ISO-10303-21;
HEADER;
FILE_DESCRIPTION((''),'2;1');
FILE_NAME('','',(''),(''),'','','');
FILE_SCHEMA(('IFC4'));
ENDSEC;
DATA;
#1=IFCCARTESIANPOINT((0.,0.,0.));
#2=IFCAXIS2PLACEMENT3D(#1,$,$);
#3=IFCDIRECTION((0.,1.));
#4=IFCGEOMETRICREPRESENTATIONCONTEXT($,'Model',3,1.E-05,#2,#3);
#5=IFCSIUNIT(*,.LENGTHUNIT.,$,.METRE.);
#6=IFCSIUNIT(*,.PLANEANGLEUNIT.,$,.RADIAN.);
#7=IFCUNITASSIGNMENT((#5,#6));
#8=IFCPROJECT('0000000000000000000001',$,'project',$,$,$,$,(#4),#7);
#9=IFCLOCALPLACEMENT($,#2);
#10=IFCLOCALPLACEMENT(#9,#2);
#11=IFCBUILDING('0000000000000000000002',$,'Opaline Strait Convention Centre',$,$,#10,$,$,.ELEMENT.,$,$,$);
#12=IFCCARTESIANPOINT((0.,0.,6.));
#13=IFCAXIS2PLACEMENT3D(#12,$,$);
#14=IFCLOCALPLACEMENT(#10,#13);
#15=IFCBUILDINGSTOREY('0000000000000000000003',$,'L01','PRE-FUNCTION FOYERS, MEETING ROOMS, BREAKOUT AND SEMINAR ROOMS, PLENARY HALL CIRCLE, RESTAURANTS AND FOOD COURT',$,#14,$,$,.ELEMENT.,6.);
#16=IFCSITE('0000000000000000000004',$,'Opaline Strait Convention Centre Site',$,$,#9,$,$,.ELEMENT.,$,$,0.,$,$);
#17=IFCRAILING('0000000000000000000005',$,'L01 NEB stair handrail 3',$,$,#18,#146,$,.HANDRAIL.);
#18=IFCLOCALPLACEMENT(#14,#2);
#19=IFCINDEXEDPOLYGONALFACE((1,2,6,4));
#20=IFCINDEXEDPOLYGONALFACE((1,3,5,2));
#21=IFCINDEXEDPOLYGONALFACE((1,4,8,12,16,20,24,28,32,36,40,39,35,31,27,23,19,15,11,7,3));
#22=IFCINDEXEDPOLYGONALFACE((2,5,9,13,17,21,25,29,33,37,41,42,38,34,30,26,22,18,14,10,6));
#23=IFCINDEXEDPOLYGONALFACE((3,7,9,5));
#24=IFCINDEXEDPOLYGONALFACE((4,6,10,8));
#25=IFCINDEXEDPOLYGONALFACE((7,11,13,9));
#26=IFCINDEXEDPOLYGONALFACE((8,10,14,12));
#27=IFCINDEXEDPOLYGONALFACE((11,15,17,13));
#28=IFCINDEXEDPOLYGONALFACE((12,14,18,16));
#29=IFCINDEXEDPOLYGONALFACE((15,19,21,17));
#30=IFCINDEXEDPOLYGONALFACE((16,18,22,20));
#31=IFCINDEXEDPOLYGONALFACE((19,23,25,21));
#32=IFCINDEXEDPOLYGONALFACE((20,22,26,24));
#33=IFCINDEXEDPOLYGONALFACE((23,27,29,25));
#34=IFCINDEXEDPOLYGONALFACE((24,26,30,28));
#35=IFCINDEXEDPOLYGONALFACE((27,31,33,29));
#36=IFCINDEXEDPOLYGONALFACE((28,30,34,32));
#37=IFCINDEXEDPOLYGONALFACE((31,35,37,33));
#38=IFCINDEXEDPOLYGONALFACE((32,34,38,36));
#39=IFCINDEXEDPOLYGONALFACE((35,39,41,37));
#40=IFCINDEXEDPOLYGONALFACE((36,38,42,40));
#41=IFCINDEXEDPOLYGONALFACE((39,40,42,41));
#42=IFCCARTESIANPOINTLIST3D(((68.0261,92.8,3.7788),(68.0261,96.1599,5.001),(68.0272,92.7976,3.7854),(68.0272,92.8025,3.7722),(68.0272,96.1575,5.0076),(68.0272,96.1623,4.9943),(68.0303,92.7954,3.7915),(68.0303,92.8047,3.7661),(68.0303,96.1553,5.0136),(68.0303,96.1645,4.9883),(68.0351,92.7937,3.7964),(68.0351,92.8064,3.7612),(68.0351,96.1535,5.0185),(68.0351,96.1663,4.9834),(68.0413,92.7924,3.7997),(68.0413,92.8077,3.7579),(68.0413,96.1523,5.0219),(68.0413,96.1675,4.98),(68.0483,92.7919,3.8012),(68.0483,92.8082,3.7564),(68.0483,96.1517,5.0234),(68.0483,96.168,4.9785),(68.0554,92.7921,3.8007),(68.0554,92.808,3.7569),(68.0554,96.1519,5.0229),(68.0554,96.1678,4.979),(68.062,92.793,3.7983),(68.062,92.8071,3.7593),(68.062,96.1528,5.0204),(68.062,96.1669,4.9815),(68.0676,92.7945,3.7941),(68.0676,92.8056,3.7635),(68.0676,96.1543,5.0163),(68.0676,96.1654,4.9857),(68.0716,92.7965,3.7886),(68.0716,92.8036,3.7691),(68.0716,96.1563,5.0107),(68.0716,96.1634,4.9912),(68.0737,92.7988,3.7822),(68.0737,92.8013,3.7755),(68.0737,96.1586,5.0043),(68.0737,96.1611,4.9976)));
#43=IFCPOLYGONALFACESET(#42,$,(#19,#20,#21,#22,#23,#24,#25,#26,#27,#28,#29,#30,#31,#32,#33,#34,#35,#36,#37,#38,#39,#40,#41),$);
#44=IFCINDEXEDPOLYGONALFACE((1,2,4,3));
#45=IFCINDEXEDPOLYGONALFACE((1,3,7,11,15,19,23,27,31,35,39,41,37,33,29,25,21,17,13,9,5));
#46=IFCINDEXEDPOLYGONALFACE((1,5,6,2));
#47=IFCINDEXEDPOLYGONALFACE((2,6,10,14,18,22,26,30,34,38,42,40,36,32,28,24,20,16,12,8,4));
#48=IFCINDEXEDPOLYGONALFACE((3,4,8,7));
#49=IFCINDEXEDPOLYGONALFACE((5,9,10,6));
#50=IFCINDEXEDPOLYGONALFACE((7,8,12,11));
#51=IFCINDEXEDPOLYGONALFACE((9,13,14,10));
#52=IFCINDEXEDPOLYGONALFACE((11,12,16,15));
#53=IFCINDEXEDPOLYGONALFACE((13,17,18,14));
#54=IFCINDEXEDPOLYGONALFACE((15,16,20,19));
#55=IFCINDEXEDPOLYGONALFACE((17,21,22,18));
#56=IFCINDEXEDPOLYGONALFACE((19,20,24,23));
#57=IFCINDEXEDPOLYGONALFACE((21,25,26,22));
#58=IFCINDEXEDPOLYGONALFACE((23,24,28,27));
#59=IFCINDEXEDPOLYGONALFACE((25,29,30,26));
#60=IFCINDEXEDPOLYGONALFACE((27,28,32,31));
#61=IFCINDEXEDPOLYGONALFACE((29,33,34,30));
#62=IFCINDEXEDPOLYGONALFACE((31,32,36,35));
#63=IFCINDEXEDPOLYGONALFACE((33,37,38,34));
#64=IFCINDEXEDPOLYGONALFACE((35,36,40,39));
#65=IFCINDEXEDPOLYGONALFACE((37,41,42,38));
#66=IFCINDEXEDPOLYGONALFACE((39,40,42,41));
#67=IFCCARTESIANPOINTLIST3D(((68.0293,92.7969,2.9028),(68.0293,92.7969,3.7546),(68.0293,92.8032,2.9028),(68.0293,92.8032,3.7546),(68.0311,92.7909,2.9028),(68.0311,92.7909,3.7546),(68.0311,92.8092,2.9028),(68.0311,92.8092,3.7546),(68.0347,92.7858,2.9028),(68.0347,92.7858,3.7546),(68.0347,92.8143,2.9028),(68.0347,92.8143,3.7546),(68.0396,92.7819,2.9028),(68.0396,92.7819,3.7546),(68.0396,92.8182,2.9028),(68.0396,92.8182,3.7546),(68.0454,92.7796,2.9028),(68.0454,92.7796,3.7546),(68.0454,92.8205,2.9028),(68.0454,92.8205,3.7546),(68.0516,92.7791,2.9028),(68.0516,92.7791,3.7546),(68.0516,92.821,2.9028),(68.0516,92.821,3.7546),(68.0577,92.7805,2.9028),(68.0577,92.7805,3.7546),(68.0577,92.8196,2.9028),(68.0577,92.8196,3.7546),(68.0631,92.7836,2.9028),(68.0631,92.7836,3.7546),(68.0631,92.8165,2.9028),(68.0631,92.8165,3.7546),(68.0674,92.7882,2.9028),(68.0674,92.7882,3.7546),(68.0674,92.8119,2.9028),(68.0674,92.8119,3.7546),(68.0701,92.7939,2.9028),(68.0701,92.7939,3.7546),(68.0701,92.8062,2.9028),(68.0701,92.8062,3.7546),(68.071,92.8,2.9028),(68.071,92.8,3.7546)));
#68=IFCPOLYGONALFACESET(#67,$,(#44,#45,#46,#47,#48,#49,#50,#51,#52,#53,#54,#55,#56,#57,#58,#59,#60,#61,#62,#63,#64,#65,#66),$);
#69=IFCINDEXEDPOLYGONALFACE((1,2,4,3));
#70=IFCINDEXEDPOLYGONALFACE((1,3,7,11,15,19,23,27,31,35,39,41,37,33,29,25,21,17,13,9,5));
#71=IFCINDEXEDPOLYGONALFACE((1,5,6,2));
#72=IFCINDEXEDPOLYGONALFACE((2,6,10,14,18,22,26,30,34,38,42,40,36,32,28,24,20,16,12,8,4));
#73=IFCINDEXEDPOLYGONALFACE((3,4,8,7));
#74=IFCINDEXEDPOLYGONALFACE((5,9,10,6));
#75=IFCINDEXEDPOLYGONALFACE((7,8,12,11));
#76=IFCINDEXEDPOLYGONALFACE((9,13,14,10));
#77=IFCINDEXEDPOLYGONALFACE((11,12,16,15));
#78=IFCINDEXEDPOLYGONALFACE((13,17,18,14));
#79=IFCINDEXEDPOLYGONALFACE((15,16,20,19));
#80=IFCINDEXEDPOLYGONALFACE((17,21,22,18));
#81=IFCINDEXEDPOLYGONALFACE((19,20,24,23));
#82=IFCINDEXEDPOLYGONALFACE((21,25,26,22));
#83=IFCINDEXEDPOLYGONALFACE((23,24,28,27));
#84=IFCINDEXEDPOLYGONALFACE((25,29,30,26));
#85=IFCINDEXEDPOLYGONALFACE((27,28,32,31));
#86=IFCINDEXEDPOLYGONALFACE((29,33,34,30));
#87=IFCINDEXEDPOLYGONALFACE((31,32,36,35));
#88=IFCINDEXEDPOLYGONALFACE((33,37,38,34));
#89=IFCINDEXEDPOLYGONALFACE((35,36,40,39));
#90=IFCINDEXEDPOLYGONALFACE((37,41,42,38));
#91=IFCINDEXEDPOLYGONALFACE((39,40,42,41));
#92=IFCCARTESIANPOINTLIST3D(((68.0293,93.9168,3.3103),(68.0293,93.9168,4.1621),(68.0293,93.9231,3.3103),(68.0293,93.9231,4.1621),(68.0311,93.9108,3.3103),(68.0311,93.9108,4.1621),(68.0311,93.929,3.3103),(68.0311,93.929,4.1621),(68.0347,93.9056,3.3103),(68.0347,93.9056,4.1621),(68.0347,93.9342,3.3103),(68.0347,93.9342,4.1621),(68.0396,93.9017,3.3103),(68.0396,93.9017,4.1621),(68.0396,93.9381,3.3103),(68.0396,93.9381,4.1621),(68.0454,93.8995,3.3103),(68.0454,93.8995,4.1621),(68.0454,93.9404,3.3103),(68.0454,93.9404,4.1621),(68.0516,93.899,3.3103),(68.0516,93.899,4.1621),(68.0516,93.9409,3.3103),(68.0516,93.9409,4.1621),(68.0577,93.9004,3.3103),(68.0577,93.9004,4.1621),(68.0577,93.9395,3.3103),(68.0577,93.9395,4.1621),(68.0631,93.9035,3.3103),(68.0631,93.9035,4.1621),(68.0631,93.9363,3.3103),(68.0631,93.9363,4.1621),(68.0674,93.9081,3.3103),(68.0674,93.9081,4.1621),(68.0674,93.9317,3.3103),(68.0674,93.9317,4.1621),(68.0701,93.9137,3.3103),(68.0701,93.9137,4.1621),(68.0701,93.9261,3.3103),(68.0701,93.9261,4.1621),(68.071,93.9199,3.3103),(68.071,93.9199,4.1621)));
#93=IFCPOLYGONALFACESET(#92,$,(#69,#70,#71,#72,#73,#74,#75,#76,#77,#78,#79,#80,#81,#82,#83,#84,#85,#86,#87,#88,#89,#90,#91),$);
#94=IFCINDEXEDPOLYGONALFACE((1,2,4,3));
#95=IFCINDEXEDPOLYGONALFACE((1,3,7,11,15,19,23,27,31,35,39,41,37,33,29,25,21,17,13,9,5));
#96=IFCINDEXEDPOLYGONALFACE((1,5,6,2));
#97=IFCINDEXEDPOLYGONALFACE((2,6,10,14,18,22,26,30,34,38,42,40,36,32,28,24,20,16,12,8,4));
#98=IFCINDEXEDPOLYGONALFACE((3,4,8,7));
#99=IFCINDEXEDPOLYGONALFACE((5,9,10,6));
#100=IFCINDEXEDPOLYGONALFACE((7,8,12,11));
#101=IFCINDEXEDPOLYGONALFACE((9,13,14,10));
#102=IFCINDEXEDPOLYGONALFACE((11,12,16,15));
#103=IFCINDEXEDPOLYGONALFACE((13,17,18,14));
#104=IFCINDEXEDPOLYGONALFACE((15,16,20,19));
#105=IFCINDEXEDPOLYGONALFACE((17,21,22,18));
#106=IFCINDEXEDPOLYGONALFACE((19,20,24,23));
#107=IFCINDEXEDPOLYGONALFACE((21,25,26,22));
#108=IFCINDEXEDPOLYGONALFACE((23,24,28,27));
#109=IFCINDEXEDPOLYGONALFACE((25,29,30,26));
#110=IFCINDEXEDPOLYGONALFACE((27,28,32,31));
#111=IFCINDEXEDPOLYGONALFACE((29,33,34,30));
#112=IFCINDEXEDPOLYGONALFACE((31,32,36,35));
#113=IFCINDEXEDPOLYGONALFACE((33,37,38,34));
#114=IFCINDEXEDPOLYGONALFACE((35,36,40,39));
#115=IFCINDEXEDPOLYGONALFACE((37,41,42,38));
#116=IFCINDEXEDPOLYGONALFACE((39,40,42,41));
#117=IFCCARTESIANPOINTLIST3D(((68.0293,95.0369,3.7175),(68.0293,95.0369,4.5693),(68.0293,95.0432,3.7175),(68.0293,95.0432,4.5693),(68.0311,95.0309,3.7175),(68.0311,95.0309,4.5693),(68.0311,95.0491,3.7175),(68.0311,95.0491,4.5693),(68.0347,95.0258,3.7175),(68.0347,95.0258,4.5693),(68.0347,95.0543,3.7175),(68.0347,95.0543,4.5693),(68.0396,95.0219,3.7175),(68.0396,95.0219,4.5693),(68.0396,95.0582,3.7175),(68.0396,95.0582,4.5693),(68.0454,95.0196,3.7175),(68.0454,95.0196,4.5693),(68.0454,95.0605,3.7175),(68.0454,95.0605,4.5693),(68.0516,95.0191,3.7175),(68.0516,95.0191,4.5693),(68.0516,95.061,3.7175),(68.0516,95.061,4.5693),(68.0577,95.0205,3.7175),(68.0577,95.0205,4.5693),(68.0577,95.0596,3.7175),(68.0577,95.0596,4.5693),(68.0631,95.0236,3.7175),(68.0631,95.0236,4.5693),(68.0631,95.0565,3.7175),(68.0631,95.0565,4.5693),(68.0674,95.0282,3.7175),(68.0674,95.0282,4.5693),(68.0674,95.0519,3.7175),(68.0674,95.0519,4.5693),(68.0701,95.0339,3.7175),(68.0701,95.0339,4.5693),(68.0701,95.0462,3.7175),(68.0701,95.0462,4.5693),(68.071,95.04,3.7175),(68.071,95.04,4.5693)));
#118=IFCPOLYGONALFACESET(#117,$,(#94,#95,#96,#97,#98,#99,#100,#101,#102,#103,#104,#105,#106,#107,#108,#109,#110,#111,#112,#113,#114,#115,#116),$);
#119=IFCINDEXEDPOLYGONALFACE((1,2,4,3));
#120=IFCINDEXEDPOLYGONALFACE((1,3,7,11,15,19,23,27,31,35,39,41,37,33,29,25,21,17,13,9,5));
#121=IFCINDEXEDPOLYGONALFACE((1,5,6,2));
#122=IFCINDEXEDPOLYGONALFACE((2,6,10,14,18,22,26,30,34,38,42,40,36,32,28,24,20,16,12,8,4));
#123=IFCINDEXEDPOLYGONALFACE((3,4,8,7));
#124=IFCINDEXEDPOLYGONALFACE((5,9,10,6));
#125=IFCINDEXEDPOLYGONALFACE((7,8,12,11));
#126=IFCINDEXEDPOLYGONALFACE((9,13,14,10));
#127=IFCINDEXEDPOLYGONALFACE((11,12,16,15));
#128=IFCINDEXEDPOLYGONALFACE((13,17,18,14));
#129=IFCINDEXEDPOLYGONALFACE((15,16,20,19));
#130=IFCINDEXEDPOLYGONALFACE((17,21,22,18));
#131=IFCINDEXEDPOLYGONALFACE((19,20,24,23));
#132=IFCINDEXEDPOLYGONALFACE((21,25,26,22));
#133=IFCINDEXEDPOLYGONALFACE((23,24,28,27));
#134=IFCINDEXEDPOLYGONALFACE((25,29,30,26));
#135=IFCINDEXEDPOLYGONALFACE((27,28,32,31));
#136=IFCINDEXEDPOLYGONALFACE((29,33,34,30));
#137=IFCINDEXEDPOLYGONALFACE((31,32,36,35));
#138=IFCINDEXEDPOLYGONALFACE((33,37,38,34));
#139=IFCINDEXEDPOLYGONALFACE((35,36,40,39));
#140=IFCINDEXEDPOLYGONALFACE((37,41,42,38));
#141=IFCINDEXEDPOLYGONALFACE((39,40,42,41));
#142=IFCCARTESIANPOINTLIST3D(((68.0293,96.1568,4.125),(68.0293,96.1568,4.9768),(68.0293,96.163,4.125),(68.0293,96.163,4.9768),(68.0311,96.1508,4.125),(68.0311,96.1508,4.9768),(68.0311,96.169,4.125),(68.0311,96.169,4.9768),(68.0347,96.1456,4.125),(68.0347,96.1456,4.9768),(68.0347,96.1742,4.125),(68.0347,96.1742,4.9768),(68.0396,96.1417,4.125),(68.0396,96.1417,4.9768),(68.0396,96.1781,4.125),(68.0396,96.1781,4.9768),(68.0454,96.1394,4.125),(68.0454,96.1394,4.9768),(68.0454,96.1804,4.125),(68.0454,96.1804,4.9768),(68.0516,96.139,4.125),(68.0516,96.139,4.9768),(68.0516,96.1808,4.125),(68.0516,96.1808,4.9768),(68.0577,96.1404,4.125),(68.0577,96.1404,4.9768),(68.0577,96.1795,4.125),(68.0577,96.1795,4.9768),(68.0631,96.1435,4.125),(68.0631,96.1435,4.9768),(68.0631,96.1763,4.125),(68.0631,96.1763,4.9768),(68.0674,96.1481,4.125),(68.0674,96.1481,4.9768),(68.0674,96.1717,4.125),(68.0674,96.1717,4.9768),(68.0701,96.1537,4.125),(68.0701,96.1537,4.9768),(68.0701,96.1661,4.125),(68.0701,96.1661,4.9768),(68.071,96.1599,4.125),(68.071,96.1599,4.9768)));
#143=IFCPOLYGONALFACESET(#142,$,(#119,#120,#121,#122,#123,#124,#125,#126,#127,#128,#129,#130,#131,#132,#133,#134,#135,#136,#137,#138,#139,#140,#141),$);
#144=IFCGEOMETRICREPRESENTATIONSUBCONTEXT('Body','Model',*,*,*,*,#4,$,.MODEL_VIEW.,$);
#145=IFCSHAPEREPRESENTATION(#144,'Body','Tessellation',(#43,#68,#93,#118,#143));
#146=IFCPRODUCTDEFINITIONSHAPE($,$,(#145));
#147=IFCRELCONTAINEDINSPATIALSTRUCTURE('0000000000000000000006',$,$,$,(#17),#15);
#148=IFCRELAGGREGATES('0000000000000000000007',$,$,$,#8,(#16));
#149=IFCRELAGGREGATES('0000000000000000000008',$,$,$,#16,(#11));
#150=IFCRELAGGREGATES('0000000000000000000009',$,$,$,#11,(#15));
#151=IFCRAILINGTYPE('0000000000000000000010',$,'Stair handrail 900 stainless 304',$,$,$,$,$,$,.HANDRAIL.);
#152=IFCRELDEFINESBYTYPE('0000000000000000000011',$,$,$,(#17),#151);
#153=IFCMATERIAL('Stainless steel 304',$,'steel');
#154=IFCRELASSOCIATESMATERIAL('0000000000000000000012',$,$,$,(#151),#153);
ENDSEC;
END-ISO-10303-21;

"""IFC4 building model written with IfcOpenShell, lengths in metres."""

from ifc_helpers import new_model, si_unit, direction, frame, origin, origin_2d, place, context, subcontext, project, spatial, circle, extrude, material, type_object, element, save


model = new_model("IFC4")

# Units and contexts
model_context = context("Model", 3, precision=1e-05, world=origin(), true_north=direction((0.0, 1.0)))
body_context = subcontext(model_context, "Body", "Model", "MODEL_VIEW")
ifc_project = project(units=[si_unit("LENGTHUNIT", "METRE"), si_unit("PLANEANGLEUNIT", "RADIAN")], contexts=[model_context])

# Site, building, storey
site_placement = place(None, origin())
site = spatial("IfcSite", under=ifc_project, at=site_placement, Name="Opaline Strait Convention Centre Site", CompositionType="ELEMENT", RefElevation=0.0)
building_placement = place(site_placement, origin())
building = spatial("IfcBuilding", under=site, at=building_placement, Name="Opaline Strait Convention Centre", CompositionType="ELEMENT")
storey_placement = place(building_placement, frame((0.0, 0.0, 6.0)))
storey = spatial("IfcBuildingStorey", under=building, at=storey_placement, Name="L01", Description="PRE-FUNCTION FOYERS, MEETING ROOMS, BREAKOUT AND SEMINAR ROOMS, PLENARY HALL CIRCLE, RESTAURANTS AND FOOD COURT", CompositionType="ELEMENT", Elevation=6.0)

# Railing
ifc_material_1 = material(Name="Stainless steel 304", Category="steel")
railing_type_1 = type_object("IfcRailingType", Name="Stair handrail 900 stainless 304", PredefinedType="HANDRAIL", material=ifc_material_1)
railing_1_placement = place(storey_placement, frame((68.05, 92.8, 2.9028)))
element("IfcRailing", 1, at=railing_1_placement, inside=storey, type_object=railing_type_1, Name="L01 NEB stair handrail 3", PredefinedType="HANDRAIL", context=body_context, shape_type="SweptSolid", body=[
    extrude(circle(Radius=0.0239, at=origin_2d()), frame((0.0, 0.0, 0.876), z_axis=(0.0, 0.939758, 0.341842), x_axis=(-1.0, 0.0, 0.0)), (0.0, 0.0, 1.0), 3.5752),
    extrude(circle(Radius=0.021, at=origin_2d()), origin(), (0.0, 0.0, 1.0), 0.8518),
    extrude(circle(Radius=0.021, at=origin_2d()), frame((0.0, 1.1199, 0.4075)), (0.0, 0.0, 1.0), 0.8518),
    extrude(circle(Radius=0.021, at=origin_2d()), frame((0.0, 2.24, 0.8147)), (0.0, 0.0, 1.0), 0.8518),
    extrude(circle(Radius=0.021, at=origin_2d()), frame((0.0, 3.3599, 1.2222)), (0.0, 0.0, 1.0), 0.8518),
])

save(model, "model.ifc")
